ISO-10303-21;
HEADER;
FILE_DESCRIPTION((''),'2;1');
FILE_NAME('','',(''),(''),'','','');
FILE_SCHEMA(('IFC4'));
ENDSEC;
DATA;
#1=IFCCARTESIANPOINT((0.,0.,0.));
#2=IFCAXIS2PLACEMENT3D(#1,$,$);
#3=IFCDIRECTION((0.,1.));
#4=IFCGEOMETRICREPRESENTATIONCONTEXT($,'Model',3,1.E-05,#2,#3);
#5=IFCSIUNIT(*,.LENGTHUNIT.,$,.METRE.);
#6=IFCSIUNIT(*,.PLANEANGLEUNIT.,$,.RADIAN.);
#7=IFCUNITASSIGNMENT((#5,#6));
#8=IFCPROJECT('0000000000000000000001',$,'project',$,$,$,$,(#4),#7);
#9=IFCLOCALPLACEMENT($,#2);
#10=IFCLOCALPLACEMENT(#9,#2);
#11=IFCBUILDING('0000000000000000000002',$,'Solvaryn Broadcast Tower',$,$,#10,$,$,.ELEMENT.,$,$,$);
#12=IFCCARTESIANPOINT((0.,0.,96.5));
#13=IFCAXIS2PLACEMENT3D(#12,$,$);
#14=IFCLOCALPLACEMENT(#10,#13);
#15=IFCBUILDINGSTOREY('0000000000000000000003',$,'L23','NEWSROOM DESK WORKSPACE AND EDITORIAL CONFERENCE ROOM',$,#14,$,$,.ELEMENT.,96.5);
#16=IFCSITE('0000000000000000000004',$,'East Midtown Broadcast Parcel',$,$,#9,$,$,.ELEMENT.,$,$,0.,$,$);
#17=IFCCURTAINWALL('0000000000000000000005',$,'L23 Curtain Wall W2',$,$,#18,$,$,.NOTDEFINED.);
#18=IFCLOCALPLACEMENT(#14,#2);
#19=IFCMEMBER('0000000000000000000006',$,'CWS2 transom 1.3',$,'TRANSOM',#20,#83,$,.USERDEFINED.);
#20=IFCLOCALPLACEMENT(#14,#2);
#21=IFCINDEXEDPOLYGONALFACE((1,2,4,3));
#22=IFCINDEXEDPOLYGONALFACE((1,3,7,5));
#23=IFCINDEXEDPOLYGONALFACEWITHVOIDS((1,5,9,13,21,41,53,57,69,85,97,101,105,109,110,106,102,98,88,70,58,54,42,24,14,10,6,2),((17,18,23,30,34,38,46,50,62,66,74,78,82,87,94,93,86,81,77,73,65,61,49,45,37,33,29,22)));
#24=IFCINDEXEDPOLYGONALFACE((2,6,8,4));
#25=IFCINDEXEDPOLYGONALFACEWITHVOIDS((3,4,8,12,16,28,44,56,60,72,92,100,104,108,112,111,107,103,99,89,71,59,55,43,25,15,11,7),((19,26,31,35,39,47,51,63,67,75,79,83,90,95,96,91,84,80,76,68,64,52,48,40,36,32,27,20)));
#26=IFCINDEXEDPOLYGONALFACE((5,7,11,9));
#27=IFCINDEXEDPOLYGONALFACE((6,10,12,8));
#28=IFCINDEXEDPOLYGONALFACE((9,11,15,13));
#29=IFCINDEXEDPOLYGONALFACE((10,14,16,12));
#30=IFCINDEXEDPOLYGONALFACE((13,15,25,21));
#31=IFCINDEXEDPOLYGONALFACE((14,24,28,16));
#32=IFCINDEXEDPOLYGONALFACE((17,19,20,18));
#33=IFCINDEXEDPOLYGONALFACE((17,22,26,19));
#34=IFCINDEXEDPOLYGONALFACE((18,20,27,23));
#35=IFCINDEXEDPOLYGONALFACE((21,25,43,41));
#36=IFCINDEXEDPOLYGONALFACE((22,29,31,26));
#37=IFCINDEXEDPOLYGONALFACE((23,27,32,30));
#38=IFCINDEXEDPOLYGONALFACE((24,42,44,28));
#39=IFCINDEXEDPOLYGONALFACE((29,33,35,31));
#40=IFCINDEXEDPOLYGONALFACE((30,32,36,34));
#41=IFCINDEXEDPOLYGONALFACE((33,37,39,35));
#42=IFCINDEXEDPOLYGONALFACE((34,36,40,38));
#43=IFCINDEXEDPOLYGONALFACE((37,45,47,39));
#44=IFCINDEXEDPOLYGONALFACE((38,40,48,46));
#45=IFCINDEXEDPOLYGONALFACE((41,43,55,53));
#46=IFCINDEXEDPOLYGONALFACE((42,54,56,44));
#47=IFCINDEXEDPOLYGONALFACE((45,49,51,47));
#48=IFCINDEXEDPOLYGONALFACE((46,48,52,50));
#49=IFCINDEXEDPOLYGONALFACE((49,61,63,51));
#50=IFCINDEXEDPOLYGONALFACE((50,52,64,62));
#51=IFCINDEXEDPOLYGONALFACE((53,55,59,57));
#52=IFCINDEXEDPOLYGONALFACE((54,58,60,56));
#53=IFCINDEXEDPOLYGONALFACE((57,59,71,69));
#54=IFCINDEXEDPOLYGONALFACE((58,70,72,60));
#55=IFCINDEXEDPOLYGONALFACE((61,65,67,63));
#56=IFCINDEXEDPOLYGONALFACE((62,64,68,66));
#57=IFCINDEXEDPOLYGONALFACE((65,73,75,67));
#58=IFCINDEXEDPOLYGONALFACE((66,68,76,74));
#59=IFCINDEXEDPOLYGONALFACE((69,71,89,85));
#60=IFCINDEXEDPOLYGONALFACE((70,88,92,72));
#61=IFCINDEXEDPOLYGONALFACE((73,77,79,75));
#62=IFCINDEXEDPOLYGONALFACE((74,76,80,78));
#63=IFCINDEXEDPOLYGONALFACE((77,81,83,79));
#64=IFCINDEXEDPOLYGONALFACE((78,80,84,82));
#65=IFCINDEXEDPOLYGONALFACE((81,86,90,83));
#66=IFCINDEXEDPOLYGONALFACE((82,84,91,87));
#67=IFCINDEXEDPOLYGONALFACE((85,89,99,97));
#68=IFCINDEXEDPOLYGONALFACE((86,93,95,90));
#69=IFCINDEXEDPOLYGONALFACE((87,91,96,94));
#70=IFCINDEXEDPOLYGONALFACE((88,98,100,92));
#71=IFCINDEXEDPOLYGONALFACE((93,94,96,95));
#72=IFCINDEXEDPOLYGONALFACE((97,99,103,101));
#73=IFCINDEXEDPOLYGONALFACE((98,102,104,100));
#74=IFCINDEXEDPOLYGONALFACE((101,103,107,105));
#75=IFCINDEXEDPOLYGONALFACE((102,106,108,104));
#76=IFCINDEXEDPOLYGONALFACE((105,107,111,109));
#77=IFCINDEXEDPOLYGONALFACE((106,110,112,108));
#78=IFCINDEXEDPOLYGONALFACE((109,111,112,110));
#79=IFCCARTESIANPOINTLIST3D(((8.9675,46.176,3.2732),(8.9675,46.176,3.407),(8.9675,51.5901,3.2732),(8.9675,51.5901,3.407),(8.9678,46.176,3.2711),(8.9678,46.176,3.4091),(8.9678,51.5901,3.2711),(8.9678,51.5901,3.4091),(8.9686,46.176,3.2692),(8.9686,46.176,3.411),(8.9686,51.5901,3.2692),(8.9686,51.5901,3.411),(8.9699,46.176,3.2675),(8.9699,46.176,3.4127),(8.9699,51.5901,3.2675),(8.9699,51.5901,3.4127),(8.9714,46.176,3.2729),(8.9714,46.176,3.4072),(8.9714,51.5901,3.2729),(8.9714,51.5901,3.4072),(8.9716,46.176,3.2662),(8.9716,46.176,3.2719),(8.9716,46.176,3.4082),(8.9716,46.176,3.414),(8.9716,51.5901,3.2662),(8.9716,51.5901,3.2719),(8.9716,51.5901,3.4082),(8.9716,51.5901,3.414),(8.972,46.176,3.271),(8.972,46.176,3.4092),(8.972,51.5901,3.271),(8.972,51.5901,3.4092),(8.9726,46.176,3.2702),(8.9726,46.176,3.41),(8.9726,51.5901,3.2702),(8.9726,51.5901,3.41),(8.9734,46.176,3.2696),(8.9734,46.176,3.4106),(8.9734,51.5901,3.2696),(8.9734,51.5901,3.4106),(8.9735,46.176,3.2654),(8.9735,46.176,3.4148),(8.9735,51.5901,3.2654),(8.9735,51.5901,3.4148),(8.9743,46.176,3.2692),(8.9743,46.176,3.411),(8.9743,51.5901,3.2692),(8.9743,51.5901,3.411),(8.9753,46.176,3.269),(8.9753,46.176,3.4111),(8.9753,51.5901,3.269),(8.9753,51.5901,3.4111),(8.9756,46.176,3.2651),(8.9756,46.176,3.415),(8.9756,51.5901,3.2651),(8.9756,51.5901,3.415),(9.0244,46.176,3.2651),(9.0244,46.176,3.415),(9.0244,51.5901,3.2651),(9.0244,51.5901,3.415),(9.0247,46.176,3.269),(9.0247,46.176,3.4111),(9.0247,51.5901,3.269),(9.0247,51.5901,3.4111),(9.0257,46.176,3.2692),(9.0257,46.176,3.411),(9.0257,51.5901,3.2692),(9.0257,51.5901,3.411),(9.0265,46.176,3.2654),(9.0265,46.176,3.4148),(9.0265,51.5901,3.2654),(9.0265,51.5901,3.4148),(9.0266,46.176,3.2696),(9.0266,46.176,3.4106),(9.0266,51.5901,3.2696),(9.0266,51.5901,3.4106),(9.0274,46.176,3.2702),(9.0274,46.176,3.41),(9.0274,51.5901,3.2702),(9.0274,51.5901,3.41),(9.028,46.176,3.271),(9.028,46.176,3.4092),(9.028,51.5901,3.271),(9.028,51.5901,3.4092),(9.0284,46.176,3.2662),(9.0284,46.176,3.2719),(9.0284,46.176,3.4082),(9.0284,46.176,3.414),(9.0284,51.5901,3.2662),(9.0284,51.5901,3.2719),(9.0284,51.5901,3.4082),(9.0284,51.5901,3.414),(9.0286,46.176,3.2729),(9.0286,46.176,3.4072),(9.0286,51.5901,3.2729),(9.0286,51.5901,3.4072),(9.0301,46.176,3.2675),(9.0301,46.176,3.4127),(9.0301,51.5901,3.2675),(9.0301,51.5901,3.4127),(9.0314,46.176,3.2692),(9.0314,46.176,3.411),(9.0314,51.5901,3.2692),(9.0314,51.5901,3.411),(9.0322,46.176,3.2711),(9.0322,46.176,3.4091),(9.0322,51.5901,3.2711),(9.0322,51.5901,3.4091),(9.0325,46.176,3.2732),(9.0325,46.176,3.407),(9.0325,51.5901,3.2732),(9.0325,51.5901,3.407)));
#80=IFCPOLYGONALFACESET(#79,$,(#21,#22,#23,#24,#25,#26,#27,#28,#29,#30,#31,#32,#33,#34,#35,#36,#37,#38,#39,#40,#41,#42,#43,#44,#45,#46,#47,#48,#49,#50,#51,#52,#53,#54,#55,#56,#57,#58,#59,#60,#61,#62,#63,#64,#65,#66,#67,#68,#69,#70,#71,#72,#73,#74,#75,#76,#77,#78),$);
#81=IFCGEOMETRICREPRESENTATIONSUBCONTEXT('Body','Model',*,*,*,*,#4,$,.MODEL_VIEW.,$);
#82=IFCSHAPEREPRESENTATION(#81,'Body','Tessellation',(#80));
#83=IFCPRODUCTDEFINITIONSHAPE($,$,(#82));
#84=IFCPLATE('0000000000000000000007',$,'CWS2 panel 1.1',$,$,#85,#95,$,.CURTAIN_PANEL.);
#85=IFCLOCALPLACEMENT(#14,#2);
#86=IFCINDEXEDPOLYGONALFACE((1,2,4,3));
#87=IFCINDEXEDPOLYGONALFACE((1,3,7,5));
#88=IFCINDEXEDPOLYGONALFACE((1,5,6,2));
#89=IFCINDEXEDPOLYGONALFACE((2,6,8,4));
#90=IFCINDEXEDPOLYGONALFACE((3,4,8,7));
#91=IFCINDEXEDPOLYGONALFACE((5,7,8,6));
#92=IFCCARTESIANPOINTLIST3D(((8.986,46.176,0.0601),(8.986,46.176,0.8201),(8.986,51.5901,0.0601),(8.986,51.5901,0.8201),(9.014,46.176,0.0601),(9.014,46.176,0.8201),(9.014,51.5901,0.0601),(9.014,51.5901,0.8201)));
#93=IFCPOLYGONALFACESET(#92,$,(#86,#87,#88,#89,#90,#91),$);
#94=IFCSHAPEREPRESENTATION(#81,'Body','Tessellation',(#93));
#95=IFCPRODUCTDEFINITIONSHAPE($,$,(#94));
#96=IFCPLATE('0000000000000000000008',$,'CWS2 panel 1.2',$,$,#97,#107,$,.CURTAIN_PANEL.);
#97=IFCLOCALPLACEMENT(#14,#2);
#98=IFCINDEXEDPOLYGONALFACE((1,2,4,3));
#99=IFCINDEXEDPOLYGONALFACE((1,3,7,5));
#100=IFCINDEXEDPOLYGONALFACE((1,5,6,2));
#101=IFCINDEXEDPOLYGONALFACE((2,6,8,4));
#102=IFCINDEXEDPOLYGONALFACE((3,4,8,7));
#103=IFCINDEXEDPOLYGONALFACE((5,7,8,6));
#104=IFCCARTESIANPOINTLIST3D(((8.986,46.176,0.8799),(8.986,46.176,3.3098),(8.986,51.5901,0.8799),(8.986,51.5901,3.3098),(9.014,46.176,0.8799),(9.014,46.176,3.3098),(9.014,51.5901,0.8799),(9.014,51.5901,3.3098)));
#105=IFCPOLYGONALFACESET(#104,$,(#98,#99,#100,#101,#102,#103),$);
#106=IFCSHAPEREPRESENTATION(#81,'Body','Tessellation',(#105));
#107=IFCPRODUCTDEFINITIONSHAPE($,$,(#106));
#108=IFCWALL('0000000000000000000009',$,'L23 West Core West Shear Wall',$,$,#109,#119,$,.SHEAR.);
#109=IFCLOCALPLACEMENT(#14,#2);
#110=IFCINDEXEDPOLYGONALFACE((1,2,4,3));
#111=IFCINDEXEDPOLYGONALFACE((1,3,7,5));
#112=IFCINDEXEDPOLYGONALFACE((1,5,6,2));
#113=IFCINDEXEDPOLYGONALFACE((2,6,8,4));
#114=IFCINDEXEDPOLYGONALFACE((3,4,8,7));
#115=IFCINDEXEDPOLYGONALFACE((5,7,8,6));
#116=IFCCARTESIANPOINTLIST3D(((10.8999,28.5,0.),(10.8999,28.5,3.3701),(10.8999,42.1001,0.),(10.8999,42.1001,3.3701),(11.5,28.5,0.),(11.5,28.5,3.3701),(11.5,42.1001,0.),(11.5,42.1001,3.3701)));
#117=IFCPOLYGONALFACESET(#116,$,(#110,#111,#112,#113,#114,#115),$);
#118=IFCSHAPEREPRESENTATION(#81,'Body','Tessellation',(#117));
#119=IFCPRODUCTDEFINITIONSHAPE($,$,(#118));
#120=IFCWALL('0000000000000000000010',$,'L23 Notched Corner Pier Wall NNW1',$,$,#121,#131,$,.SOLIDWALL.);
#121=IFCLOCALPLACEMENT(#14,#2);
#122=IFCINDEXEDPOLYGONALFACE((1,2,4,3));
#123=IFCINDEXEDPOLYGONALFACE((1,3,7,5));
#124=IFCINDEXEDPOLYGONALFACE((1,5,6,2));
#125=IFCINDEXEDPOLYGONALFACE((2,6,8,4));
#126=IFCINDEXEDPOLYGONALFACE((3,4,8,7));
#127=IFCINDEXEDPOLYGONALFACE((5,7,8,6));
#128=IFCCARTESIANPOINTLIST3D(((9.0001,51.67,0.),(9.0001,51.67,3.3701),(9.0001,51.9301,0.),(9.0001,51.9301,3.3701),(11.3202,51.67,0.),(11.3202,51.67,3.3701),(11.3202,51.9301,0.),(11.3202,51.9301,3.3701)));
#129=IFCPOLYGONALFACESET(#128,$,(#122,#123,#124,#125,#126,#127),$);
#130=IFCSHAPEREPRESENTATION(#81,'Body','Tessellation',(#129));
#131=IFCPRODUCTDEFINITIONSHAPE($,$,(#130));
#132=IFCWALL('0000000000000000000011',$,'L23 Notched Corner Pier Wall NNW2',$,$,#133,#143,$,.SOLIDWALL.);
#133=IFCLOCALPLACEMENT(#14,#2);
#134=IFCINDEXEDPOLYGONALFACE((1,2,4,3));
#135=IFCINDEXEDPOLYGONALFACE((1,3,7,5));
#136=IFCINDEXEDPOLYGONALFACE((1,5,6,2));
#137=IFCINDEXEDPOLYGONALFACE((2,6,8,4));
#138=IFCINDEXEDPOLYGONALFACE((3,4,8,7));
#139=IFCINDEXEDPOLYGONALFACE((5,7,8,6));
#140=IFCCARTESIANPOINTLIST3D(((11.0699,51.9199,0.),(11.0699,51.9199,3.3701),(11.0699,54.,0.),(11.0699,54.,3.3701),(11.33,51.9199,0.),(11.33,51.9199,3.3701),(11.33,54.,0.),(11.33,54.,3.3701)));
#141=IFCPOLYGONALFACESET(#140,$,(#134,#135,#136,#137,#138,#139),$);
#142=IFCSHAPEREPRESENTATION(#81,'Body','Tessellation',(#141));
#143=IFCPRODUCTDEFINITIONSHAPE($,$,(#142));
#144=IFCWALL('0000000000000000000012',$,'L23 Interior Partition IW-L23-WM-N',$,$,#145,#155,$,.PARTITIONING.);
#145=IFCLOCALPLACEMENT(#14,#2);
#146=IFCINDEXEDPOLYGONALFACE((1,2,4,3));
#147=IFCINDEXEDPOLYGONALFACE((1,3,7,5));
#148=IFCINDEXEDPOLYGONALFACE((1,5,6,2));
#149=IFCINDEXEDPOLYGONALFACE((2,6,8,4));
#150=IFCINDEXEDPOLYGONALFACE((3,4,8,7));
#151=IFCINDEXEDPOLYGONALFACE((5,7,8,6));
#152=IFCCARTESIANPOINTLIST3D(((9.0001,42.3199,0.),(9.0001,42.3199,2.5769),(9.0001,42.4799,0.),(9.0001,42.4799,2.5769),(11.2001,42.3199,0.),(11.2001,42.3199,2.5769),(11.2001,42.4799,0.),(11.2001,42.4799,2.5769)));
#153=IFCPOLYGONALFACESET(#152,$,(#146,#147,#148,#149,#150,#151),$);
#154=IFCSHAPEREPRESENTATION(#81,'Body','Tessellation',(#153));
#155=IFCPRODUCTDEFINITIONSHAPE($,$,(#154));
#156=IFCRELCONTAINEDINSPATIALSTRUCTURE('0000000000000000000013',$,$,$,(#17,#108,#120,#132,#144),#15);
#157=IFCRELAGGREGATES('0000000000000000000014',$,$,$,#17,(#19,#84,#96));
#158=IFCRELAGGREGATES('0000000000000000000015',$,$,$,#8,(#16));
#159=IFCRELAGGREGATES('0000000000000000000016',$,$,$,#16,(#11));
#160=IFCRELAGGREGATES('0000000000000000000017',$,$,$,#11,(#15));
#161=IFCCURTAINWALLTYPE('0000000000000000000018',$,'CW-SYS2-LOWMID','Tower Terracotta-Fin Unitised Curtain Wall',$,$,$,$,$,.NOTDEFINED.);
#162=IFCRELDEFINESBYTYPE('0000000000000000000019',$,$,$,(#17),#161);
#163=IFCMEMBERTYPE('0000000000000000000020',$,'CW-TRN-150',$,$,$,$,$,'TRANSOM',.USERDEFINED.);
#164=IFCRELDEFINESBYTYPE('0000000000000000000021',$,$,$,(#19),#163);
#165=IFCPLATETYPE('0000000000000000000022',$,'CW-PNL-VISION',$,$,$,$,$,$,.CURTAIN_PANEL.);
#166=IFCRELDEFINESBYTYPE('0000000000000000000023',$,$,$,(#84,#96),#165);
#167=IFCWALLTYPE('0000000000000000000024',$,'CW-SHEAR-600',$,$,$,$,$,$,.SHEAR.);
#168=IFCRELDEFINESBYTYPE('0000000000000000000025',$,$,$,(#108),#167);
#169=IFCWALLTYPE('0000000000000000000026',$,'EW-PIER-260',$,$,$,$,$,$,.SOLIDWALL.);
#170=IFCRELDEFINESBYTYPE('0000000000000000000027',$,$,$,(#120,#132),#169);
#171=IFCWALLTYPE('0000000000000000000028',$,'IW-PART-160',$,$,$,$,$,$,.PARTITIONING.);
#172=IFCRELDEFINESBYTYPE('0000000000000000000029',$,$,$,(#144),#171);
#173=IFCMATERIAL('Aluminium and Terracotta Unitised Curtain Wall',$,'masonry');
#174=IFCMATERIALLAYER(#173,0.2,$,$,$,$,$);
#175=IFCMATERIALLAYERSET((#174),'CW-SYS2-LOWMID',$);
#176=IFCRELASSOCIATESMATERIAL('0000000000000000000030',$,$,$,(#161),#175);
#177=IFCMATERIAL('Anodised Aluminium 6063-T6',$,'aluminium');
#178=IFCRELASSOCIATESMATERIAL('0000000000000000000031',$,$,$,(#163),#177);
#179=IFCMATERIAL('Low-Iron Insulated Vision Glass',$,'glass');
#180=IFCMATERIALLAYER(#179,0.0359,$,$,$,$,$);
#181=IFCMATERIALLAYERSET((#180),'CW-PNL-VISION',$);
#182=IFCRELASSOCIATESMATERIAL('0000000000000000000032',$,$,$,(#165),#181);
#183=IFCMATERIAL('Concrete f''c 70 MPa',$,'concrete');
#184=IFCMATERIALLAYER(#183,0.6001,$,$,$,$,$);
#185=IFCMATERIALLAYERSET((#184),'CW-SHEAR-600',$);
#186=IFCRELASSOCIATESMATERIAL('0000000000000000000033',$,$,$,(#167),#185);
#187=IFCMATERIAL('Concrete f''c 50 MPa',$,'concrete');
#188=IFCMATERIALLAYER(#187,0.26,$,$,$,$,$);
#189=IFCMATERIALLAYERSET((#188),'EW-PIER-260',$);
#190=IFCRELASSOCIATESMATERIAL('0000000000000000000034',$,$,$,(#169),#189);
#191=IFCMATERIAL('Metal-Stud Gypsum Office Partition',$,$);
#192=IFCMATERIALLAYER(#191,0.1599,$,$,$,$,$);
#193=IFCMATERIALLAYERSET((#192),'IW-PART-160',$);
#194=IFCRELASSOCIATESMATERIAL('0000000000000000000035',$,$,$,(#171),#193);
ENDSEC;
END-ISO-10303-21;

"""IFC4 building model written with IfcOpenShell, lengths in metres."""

from ifc_helpers import new_model, si_unit, direction, frame, frame_2d, origin, origin_2d, place, context, subcontext, project, spatial, rectangle, hollow_rectangle, extrude, material, layer, layer_set, material_profile, profile_set, type_object, element, aggregate, save


model = new_model("IFC4")

# Units and contexts
model_context = context("Model", 3, precision=1e-05, world=origin(), true_north=direction((0.0, 1.0)))
body_context = subcontext(model_context, "Body", "Model", "MODEL_VIEW")
ifc_project = project(units=[si_unit("LENGTHUNIT", "METRE"), si_unit("PLANEANGLEUNIT", "RADIAN")], contexts=[model_context])

# Site, building, storey
site_placement = place(None, origin())
site = spatial("IfcSite", under=ifc_project, at=site_placement, Name="East Midtown Broadcast Parcel", CompositionType="ELEMENT", RefElevation=0.0)
building_placement = place(site_placement, origin())
building = spatial("IfcBuilding", under=site, at=building_placement, Name="Solvaryn Broadcast Tower", CompositionType="ELEMENT")
storey_placement = place(building_placement, frame((0.0, 0.0, 96.5)))
storey = spatial("IfcBuildingStorey", under=building, at=storey_placement, Name="L23", Description="NEWSROOM DESK WORKSPACE AND EDITORIAL CONFERENCE ROOM", CompositionType="ELEMENT", Elevation=96.5)

# Shared definitions
ifc_material_1 = material(Name="Aluminium and Terracotta Unitised Curtain Wall", Category="masonry")
ifc_layer_1 = layer(ifc_material_1, 0.2)
ifc_layer_set_1 = layer_set([ifc_layer_1], Name="CW-SYS2-LOWMID")
curtain_wall_type = type_object("IfcCurtainWallType", Name="CW-SYS2-LOWMID", Description="Tower Terracotta-Fin Unitised Curtain Wall", PredefinedType="NOTDEFINED", material=ifc_layer_set_1)

# Curtain wall
curtain_wall_1_placement = place(storey_placement, origin())
curtain_wall_1 = element("IfcCurtainWall", 1, at=curtain_wall_1_placement, inside=storey, type_object=curtain_wall_type, Name="L23 Curtain Wall W2", PredefinedType="NOTDEFINED")

# Member
ifc_material_2 = material(Name="Anodised Aluminium 6063-T6", Category="aluminium")
ifc_material_profile_1 = material_profile(ifc_material_2, hollow_rectangle(XDim=0.0649, YDim=0.1499, WallThickness=0.0039, InnerFilletRadius=0.0039, OuterFilletRadius=0.0081, at=origin_2d()))
ifc_profile_set_1 = profile_set([ifc_material_profile_1], Name="Anodised Aluminium 6063-T6")
member_type_1 = type_object("IfcMemberType", Name="CW-TRN-150", ElementType="TRANSOM", PredefinedType="USERDEFINED", material=ifc_profile_set_1)
member_1_placement = place(storey_placement, frame((9.0, 46.176, 3.3401), z_axis=(0.0, 1.0, 0.0), x_axis=(-1.0, 0.0, 0.0)))
member_1 = element("IfcMember", 2, at=member_1_placement, type_object=member_type_1, Name="CWS2 transom 1.3", ObjectType="TRANSOM", PredefinedType="USERDEFINED", context=body_context, shape_type="SweptSolid", body=[
    extrude(hollow_rectangle(XDim=0.0649, YDim=0.1499, WallThickness=0.0039, InnerFilletRadius=0.0039, OuterFilletRadius=0.0081, at=origin_2d()), origin(), (0.0, 0.0, 1.0), 5.4141),
])

# Plates
ifc_material_3 = material(Name="Low-Iron Insulated Vision Glass", Category="glass")
ifc_layer_2 = layer(ifc_material_3, 0.0359)
ifc_layer_set_2 = layer_set([ifc_layer_2], Name="CW-PNL-VISION")
plate_type = type_object("IfcPlateType", Name="CW-PNL-VISION", PredefinedType="CURTAIN_PANEL", material=ifc_layer_set_2)
plate_1_placement = place(storey_placement, frame((9.0, 48.8831, 0.0601), z_axis=(0.0, 0.0, 1.0), x_axis=(0.0, 1.0, 0.0)))
plate_1 = element("IfcPlate", 3, at=plate_1_placement, type_object=plate_type, Name="CWS2 panel 1.1", PredefinedType="CURTAIN_PANEL", context=body_context, shape_type="SweptSolid", body=[
    extrude(rectangle(XDim=5.4141, YDim=0.0281, at=origin_2d()), origin(), (0.0, 0.0, 1.0), 0.76),
])
plate_2_placement = place(storey_placement, frame((9.0, 48.8831, 0.8799), z_axis=(0.0, 0.0, 1.0), x_axis=(0.0, 1.0, 0.0)))
plate_2 = element("IfcPlate", 4, at=plate_2_placement, type_object=plate_type, Name="CWS2 panel 1.2", PredefinedType="CURTAIN_PANEL", context=body_context, shape_type="SweptSolid", body=[
    extrude(rectangle(XDim=5.4141, YDim=0.0281, at=origin_2d()), origin(), (0.0, 0.0, 1.0), 2.4299),
])
aggregate(curtain_wall_1, [member_1, plate_1, plate_2])

# Walls
ifc_material_4 = material(Name="Concrete f'c 70 MPa", Category="concrete")
ifc_layer_3 = layer(ifc_material_4, 0.6001)
ifc_layer_set_3 = layer_set([ifc_layer_3], Name="CW-SHEAR-600")
wall_type_1 = type_object("IfcWallType", Name="CW-SHEAR-600", PredefinedType="SHEAR", material=ifc_layer_set_3)
wall_1_placement = place(storey_placement, frame((11.2, 42.1001, 0.0), z_axis=(0.0, 0.0, 1.0), x_axis=(0.0, -1.0, 0.0)))
element("IfcWall", 5, at=wall_1_placement, inside=storey, type_object=wall_type_1, Name="L23 West Core West Shear Wall", PredefinedType="SHEAR", context=body_context, shape_type="SweptSolid", body=[
    extrude(rectangle(XDim=13.6001, YDim=0.6001, at=frame_2d((6.8, 0.0))), origin(), (0.0, 0.0, 1.0), 3.3701),
])
ifc_material_5 = material(Name="Concrete f'c 50 MPa", Category="concrete")
ifc_layer_4 = layer(ifc_material_5, 0.26)
ifc_layer_set_4 = layer_set([ifc_layer_4], Name="EW-PIER-260")
wall_type_2 = type_object("IfcWallType", Name="EW-PIER-260", PredefinedType="SOLIDWALL", material=ifc_layer_set_4)
wall_2_placement = place(storey_placement, frame((9.0, 51.8, 0.0), z_axis=(0.0, 0.0, 1.0), x_axis=(1.0, 0.0, 0.0)))
element("IfcWall", 6, at=wall_2_placement, inside=storey, type_object=wall_type_2, Name="L23 Notched Corner Pier Wall NNW1", PredefinedType="SOLIDWALL", context=body_context, shape_type="SweptSolid", body=[
    extrude(rectangle(XDim=2.3201, YDim=0.26, at=frame_2d((1.1602, 0.0))), origin(), (0.0, 0.0, 1.0), 3.3701),
])
wall_3_placement = place(storey_placement, frame((11.2, 51.9199, 0.0), z_axis=(0.0, 0.0, 1.0), x_axis=(0.0, 1.0, 0.0)))
element("IfcWall", 7, at=wall_3_placement, inside=storey, type_object=wall_type_2, Name="L23 Notched Corner Pier Wall NNW2", PredefinedType="SOLIDWALL", context=body_context, shape_type="SweptSolid", body=[
    extrude(rectangle(XDim=2.0801, YDim=0.26, at=frame_2d((1.04, 0.0))), origin(), (0.0, 0.0, 1.0), 3.3701),
])
ifc_material_6 = material(Name="Metal-Stud Gypsum Office Partition")
ifc_layer_5 = layer(ifc_material_6, 0.1599)
ifc_layer_set_5 = layer_set([ifc_layer_5], Name="IW-PART-160")
wall_type_3 = type_object("IfcWallType", Name="IW-PART-160", PredefinedType="PARTITIONING", material=ifc_layer_set_5)
wall_4_placement = place(storey_placement, frame((9.0, 42.3999, 0.0), z_axis=(0.0, 0.0, 1.0), x_axis=(1.0, 0.0, 0.0)))
element("IfcWall", 8, at=wall_4_placement, inside=storey, type_object=wall_type_3, Name="L23 Interior Partition IW-L23-WM-N", PredefinedType="PARTITIONING", context=body_context, shape_type="SweptSolid", body=[
    extrude(rectangle(XDim=2.2, YDim=0.1599, at=frame_2d((1.1001, 0.0))), origin(), (0.0, 0.0, 1.0), 2.5769),
])

save(model, "model.ifc")
